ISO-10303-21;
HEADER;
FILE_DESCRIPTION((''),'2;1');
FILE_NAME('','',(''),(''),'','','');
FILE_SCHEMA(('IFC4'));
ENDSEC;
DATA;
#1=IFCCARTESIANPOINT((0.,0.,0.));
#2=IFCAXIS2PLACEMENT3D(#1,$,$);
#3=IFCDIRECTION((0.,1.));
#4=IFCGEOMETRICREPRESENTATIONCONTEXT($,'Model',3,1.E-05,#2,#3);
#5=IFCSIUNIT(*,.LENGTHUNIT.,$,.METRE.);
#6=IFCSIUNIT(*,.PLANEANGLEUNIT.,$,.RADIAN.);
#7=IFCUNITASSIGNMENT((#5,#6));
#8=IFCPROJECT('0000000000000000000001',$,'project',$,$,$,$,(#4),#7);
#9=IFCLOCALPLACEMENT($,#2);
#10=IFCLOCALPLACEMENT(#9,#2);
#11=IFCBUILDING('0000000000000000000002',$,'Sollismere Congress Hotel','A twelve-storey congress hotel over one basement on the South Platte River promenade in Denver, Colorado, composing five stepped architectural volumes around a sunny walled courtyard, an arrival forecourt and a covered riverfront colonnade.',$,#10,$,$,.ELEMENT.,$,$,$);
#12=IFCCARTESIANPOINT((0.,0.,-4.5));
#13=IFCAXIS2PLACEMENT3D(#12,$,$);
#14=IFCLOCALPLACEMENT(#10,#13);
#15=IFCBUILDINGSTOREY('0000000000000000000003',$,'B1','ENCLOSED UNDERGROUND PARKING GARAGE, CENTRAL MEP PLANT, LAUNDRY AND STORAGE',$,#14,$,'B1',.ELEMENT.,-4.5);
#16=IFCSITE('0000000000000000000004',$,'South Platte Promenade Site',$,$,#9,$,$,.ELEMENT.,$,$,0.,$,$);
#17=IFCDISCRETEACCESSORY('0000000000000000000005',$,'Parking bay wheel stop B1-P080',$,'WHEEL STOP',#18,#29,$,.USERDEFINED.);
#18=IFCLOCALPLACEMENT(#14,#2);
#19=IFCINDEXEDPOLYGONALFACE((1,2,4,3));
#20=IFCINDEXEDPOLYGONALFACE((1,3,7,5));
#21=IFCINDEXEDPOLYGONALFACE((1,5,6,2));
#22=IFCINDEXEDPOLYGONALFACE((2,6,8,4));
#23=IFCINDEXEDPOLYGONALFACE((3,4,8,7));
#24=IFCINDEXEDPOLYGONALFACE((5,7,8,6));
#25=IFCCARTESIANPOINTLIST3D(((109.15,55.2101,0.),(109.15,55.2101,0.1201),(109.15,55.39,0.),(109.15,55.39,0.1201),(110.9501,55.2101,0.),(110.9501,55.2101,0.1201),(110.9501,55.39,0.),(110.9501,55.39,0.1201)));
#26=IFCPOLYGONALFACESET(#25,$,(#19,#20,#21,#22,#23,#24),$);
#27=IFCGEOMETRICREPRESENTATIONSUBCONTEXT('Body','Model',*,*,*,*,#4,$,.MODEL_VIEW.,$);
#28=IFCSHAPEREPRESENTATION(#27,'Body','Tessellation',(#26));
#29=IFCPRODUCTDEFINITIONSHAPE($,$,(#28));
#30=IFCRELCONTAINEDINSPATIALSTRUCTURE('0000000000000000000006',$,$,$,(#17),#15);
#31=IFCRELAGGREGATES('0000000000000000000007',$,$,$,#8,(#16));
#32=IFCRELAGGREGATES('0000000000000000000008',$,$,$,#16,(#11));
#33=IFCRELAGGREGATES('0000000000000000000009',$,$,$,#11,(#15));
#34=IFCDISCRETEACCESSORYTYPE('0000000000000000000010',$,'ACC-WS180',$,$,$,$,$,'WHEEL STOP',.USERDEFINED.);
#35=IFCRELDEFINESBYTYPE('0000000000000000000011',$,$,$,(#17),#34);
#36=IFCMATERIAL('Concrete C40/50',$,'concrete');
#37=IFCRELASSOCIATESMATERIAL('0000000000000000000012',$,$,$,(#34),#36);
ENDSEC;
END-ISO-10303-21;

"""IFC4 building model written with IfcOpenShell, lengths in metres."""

from ifc_helpers import new_model, si_unit, direction, frame, origin, origin_2d, place, context, subcontext, project, spatial, rectangle, extrude, material, type_object, element, save


model = new_model("IFC4")

# Units and contexts
model_context = context("Model", 3, precision=1e-05, world=origin(), true_north=direction((0.0, 1.0)))
body_context = subcontext(model_context, "Body", "Model", "MODEL_VIEW")
ifc_project = project(units=[si_unit("LENGTHUNIT", "METRE"), si_unit("PLANEANGLEUNIT", "RADIAN")], contexts=[model_context])

# Site, building, storey
site_placement = place(None, origin())
site = spatial("IfcSite", under=ifc_project, at=site_placement, Name="South Platte Promenade Site", CompositionType="ELEMENT", RefElevation=0.0)
building_placement = place(site_placement, origin())
building = spatial("IfcBuilding", under=site, at=building_placement, Name="Sollismere Congress Hotel", Description="A twelve-storey congress hotel over one basement on the South Platte River promenade in Denver, Colorado, composing five stepped architectural volumes around a sunny walled courtyard, an arrival forecourt and a covered riverfront colonnade.", CompositionType="ELEMENT")
storey_placement = place(building_placement, frame((0.0, 0.0, -4.5)))
storey = spatial("IfcBuildingStorey", under=building, at=storey_placement, Name="B1", Description="ENCLOSED UNDERGROUND PARKING GARAGE, CENTRAL MEP PLANT, LAUNDRY AND STORAGE", LongName="B1", CompositionType="ELEMENT", Elevation=-4.5)

# Shared definitions
ifc_material_1 = material(Name="Concrete C40/50", Category="concrete")

# Discrete accessory
discrete_accessory_type = type_object("IfcDiscreteAccessoryType", Name="ACC-WS180", ElementType="WHEEL STOP", PredefinedType="USERDEFINED", material=ifc_material_1)
for number, where, z_axis, x_axis, name in (
    (1, (110.05, 55.3, 0.0), (0.0, 0.0, 1.0), (1.0, 0.0, 0.0), "Parking bay wheel stop B1-P080"),
):
    element("IfcDiscreteAccessory", number, at=place(storey_placement, frame(where, z_axis=z_axis, x_axis=x_axis)), inside=storey, type_object=discrete_accessory_type, Name=name, ObjectType="WHEEL STOP", PredefinedType="USERDEFINED", context=body_context, shape_type="SweptSolid", body=[
        extrude(rectangle(XDim=1.8, YDim=0.1799, at=origin_2d()), origin(), (0.0, 0.0, 1.0), 0.1201),
    ])

save(model, "model.ifc")
